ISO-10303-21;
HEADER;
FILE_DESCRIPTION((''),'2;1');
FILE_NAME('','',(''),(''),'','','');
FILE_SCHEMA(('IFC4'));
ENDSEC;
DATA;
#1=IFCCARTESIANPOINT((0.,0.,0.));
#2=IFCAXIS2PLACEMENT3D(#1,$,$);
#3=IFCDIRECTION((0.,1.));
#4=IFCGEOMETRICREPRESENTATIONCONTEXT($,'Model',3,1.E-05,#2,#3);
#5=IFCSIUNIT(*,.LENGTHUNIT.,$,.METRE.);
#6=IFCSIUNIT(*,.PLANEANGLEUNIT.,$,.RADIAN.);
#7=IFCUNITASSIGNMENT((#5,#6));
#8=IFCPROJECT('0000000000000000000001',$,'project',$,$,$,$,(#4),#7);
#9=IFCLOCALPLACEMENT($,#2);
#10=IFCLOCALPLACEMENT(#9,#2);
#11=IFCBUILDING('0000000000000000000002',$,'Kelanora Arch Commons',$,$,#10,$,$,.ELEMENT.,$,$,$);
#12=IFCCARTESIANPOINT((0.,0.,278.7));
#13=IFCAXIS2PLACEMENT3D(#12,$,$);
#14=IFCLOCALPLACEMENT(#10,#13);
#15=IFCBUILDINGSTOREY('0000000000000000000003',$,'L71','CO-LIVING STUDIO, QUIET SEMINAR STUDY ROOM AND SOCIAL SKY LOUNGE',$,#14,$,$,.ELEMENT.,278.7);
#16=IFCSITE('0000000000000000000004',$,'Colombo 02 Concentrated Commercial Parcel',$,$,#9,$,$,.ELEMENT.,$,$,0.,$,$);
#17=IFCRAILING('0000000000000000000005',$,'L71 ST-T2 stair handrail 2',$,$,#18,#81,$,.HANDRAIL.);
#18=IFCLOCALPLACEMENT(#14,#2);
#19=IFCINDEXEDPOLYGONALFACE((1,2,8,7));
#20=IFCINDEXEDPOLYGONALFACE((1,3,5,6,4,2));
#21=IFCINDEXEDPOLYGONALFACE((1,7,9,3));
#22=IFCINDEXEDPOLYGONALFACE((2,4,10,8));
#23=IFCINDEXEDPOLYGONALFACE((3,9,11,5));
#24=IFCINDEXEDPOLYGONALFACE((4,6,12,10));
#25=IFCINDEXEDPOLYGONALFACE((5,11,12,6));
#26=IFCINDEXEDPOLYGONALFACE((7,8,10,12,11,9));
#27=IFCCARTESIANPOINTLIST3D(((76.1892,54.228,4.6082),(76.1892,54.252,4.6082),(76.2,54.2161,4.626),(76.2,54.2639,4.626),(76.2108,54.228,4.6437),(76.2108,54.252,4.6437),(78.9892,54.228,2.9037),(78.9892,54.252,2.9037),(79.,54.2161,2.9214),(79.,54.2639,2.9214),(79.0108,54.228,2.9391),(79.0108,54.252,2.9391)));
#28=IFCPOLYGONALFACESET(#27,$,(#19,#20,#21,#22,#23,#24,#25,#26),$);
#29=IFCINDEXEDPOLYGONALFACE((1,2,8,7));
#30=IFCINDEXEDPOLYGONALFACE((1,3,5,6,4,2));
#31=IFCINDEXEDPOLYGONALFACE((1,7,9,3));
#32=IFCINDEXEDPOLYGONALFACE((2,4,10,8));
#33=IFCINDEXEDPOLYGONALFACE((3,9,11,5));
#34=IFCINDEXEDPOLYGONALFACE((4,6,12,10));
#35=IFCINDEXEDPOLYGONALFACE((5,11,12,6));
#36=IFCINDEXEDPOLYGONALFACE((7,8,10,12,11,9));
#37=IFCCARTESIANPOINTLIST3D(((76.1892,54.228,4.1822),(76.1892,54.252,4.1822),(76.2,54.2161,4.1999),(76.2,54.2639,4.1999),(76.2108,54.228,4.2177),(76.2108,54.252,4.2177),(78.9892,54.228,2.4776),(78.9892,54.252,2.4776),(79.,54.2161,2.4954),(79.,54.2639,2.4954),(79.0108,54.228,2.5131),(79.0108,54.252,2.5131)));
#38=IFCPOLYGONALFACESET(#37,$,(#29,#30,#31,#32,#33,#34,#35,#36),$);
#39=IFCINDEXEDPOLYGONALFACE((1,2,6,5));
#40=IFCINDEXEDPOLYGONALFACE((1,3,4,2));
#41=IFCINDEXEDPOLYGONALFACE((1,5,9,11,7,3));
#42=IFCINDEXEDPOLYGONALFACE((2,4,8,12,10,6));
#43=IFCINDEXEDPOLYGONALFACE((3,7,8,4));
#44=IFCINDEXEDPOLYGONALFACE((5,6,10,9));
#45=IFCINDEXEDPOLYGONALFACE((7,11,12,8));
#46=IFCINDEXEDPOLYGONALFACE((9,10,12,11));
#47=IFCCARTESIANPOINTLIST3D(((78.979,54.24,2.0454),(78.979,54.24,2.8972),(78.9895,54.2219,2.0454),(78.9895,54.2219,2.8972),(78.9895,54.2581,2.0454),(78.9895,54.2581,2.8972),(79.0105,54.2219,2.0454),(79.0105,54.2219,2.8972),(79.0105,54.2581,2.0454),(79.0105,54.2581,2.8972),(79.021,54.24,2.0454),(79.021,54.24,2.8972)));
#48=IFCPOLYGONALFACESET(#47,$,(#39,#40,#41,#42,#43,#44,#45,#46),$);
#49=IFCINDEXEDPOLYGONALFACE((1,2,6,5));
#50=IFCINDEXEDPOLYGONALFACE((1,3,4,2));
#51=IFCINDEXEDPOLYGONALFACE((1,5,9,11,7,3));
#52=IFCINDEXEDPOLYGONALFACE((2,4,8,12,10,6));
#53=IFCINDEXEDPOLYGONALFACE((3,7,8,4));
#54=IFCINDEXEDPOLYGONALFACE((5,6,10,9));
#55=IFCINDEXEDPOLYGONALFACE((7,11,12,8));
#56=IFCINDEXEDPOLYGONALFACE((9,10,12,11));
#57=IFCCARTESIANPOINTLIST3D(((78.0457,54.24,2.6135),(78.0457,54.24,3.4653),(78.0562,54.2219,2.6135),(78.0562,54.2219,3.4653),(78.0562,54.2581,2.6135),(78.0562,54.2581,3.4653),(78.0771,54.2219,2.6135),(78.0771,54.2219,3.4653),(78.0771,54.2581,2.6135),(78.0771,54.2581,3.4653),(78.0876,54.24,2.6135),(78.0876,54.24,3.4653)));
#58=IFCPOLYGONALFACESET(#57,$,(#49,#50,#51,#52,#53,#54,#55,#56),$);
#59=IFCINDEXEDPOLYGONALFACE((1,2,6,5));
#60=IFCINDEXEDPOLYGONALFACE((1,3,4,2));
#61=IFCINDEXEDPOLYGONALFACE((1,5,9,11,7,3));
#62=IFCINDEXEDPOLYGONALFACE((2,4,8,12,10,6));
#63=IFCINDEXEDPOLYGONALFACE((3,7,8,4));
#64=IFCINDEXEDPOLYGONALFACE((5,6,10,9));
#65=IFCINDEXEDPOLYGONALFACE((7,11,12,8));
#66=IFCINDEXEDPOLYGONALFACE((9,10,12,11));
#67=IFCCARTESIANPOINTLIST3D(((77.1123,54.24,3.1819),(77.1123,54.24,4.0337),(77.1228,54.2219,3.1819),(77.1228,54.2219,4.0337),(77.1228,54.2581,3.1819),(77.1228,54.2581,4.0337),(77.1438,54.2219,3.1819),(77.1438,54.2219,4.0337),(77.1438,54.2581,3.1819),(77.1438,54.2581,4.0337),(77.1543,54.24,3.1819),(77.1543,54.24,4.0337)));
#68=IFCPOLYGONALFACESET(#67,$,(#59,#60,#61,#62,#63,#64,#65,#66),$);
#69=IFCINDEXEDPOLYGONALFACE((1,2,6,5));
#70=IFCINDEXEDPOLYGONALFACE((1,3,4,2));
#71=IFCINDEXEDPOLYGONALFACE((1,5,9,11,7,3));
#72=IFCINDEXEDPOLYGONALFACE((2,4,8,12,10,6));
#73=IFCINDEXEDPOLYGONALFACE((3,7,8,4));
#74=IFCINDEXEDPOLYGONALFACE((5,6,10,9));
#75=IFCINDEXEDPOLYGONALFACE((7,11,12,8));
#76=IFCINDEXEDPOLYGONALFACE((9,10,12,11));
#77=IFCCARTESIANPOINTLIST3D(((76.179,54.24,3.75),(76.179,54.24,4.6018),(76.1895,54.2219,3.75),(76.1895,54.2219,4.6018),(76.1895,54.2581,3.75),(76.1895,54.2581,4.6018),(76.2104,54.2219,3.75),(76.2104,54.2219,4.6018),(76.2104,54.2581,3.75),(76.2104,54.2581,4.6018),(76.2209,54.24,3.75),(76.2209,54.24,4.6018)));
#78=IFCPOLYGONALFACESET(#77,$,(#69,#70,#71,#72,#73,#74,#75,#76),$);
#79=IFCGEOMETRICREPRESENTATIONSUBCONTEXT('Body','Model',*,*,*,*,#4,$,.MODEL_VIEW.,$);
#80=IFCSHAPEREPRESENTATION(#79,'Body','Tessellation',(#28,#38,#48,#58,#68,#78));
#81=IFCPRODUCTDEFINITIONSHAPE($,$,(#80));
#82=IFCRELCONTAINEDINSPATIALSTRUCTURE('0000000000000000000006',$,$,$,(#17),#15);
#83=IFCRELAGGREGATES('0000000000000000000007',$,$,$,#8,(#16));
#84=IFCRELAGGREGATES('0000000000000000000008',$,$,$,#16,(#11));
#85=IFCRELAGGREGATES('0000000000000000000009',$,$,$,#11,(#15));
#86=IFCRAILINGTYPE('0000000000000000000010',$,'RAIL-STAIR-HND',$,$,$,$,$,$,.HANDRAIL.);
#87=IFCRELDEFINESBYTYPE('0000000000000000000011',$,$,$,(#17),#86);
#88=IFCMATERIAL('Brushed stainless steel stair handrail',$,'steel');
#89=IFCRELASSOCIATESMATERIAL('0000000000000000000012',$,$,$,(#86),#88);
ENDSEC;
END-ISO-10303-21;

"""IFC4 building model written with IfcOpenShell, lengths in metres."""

from ifc_helpers import new_model, si_unit, direction, frame, origin, place, context, subcontext, project, spatial, polyline, outline, extrude, material, type_object, element, save


model = new_model("IFC4")

# Units and contexts
model_context = context("Model", 3, precision=1e-05, world=origin(), true_north=direction((0.0, 1.0)))
body_context = subcontext(model_context, "Body", "Model", "MODEL_VIEW")
ifc_project = project(units=[si_unit("LENGTHUNIT", "METRE"), si_unit("PLANEANGLEUNIT", "RADIAN")], contexts=[model_context])

# Site, building, storey
site_placement = place(None, origin())
site = spatial("IfcSite", under=ifc_project, at=site_placement, Name="Colombo 02 Concentrated Commercial Parcel", CompositionType="ELEMENT", RefElevation=0.0)
building_placement = place(site_placement, origin())
building = spatial("IfcBuilding", under=site, at=building_placement, Name="Kelanora Arch Commons", CompositionType="ELEMENT")
storey_placement = place(building_placement, frame((0.0, 0.0, 278.7)))
storey = spatial("IfcBuildingStorey", under=building, at=storey_placement, Name="L71", Description="CO-LIVING STUDIO, QUIET SEMINAR STUDY ROOM AND SOCIAL SKY LOUNGE", CompositionType="ELEMENT", Elevation=278.7)

# Railing
ifc_material_1 = material(Name="Brushed stainless steel stair handrail", Category="steel")
railing_type_1 = type_object("IfcRailingType", Name="RAIL-STAIR-HND", PredefinedType="HANDRAIL", material=ifc_material_1)
railing_1_placement = place(storey_placement, frame((79.0, 54.24, 2.0454)))
element("IfcRailing", 1, at=railing_1_placement, inside=storey, type_object=railing_type_1, Name="L71 ST-T2 stair handrail 2", PredefinedType="HANDRAIL", context=body_context, shape_type="SweptSolid", body=[
    extrude(outline(polyline([(0.0239, 0.0), (0.012, 0.0208), (-0.012, 0.0208), (-0.0239, 0.0), (-0.012, -0.0208), (0.012, -0.0208), (0.0239, 0.0)])), frame((0.0, 0.0, 0.876), z_axis=(-0.85417, 0.0, 0.519994), x_axis=(0.0, -1.0, 0.0)), (0.0, 0.0, 1.0), 3.2781),
    extrude(outline(polyline([(0.0239, 0.0), (0.012, 0.0208), (-0.012, 0.0208), (-0.0239, 0.0), (-0.012, -0.0208), (0.012, -0.0208), (0.0239, 0.0)])), frame((0.0, 0.0, 0.45), z_axis=(-0.85417, 0.0, 0.519994), x_axis=(0.0, -1.0, 0.0)), (0.0, 0.0, 1.0), 3.2781),
    extrude(outline(polyline([(0.021, 0.0), (0.0105, 0.0181), (-0.0105, 0.0181), (-0.021, 0.0), (-0.0105, -0.0181), (0.0105, -0.0181), (0.021, 0.0)])), origin(), (0.0, 0.0, 1.0), 0.8518),
    extrude(outline(polyline([(0.021, 0.0), (0.0105, 0.0181), (-0.0105, 0.0181), (-0.021, 0.0), (-0.0105, -0.0181), (0.0105, -0.0181), (0.021, 0.0)])), frame((-0.9333, 0.0, 0.5681)), (0.0, 0.0, 1.0), 0.8518),
    extrude(outline(polyline([(0.021, 0.0), (0.0105, 0.0181), (-0.0105, 0.0181), (-0.021, 0.0), (-0.0105, -0.0181), (0.0105, -0.0181), (0.021, 0.0)])), frame((-1.8667, 0.0, 1.1365)), (0.0, 0.0, 1.0), 0.8518),
    extrude(outline(polyline([(0.021, 0.0), (0.0105, 0.0181), (-0.0105, 0.0181), (-0.021, 0.0), (-0.0105, -0.0181), (0.0105, -0.0181), (0.021, 0.0)])), frame((-2.8, 0.0, 1.7046)), (0.0, 0.0, 1.0), 0.8518),
])

save(model, "model.ifc")
